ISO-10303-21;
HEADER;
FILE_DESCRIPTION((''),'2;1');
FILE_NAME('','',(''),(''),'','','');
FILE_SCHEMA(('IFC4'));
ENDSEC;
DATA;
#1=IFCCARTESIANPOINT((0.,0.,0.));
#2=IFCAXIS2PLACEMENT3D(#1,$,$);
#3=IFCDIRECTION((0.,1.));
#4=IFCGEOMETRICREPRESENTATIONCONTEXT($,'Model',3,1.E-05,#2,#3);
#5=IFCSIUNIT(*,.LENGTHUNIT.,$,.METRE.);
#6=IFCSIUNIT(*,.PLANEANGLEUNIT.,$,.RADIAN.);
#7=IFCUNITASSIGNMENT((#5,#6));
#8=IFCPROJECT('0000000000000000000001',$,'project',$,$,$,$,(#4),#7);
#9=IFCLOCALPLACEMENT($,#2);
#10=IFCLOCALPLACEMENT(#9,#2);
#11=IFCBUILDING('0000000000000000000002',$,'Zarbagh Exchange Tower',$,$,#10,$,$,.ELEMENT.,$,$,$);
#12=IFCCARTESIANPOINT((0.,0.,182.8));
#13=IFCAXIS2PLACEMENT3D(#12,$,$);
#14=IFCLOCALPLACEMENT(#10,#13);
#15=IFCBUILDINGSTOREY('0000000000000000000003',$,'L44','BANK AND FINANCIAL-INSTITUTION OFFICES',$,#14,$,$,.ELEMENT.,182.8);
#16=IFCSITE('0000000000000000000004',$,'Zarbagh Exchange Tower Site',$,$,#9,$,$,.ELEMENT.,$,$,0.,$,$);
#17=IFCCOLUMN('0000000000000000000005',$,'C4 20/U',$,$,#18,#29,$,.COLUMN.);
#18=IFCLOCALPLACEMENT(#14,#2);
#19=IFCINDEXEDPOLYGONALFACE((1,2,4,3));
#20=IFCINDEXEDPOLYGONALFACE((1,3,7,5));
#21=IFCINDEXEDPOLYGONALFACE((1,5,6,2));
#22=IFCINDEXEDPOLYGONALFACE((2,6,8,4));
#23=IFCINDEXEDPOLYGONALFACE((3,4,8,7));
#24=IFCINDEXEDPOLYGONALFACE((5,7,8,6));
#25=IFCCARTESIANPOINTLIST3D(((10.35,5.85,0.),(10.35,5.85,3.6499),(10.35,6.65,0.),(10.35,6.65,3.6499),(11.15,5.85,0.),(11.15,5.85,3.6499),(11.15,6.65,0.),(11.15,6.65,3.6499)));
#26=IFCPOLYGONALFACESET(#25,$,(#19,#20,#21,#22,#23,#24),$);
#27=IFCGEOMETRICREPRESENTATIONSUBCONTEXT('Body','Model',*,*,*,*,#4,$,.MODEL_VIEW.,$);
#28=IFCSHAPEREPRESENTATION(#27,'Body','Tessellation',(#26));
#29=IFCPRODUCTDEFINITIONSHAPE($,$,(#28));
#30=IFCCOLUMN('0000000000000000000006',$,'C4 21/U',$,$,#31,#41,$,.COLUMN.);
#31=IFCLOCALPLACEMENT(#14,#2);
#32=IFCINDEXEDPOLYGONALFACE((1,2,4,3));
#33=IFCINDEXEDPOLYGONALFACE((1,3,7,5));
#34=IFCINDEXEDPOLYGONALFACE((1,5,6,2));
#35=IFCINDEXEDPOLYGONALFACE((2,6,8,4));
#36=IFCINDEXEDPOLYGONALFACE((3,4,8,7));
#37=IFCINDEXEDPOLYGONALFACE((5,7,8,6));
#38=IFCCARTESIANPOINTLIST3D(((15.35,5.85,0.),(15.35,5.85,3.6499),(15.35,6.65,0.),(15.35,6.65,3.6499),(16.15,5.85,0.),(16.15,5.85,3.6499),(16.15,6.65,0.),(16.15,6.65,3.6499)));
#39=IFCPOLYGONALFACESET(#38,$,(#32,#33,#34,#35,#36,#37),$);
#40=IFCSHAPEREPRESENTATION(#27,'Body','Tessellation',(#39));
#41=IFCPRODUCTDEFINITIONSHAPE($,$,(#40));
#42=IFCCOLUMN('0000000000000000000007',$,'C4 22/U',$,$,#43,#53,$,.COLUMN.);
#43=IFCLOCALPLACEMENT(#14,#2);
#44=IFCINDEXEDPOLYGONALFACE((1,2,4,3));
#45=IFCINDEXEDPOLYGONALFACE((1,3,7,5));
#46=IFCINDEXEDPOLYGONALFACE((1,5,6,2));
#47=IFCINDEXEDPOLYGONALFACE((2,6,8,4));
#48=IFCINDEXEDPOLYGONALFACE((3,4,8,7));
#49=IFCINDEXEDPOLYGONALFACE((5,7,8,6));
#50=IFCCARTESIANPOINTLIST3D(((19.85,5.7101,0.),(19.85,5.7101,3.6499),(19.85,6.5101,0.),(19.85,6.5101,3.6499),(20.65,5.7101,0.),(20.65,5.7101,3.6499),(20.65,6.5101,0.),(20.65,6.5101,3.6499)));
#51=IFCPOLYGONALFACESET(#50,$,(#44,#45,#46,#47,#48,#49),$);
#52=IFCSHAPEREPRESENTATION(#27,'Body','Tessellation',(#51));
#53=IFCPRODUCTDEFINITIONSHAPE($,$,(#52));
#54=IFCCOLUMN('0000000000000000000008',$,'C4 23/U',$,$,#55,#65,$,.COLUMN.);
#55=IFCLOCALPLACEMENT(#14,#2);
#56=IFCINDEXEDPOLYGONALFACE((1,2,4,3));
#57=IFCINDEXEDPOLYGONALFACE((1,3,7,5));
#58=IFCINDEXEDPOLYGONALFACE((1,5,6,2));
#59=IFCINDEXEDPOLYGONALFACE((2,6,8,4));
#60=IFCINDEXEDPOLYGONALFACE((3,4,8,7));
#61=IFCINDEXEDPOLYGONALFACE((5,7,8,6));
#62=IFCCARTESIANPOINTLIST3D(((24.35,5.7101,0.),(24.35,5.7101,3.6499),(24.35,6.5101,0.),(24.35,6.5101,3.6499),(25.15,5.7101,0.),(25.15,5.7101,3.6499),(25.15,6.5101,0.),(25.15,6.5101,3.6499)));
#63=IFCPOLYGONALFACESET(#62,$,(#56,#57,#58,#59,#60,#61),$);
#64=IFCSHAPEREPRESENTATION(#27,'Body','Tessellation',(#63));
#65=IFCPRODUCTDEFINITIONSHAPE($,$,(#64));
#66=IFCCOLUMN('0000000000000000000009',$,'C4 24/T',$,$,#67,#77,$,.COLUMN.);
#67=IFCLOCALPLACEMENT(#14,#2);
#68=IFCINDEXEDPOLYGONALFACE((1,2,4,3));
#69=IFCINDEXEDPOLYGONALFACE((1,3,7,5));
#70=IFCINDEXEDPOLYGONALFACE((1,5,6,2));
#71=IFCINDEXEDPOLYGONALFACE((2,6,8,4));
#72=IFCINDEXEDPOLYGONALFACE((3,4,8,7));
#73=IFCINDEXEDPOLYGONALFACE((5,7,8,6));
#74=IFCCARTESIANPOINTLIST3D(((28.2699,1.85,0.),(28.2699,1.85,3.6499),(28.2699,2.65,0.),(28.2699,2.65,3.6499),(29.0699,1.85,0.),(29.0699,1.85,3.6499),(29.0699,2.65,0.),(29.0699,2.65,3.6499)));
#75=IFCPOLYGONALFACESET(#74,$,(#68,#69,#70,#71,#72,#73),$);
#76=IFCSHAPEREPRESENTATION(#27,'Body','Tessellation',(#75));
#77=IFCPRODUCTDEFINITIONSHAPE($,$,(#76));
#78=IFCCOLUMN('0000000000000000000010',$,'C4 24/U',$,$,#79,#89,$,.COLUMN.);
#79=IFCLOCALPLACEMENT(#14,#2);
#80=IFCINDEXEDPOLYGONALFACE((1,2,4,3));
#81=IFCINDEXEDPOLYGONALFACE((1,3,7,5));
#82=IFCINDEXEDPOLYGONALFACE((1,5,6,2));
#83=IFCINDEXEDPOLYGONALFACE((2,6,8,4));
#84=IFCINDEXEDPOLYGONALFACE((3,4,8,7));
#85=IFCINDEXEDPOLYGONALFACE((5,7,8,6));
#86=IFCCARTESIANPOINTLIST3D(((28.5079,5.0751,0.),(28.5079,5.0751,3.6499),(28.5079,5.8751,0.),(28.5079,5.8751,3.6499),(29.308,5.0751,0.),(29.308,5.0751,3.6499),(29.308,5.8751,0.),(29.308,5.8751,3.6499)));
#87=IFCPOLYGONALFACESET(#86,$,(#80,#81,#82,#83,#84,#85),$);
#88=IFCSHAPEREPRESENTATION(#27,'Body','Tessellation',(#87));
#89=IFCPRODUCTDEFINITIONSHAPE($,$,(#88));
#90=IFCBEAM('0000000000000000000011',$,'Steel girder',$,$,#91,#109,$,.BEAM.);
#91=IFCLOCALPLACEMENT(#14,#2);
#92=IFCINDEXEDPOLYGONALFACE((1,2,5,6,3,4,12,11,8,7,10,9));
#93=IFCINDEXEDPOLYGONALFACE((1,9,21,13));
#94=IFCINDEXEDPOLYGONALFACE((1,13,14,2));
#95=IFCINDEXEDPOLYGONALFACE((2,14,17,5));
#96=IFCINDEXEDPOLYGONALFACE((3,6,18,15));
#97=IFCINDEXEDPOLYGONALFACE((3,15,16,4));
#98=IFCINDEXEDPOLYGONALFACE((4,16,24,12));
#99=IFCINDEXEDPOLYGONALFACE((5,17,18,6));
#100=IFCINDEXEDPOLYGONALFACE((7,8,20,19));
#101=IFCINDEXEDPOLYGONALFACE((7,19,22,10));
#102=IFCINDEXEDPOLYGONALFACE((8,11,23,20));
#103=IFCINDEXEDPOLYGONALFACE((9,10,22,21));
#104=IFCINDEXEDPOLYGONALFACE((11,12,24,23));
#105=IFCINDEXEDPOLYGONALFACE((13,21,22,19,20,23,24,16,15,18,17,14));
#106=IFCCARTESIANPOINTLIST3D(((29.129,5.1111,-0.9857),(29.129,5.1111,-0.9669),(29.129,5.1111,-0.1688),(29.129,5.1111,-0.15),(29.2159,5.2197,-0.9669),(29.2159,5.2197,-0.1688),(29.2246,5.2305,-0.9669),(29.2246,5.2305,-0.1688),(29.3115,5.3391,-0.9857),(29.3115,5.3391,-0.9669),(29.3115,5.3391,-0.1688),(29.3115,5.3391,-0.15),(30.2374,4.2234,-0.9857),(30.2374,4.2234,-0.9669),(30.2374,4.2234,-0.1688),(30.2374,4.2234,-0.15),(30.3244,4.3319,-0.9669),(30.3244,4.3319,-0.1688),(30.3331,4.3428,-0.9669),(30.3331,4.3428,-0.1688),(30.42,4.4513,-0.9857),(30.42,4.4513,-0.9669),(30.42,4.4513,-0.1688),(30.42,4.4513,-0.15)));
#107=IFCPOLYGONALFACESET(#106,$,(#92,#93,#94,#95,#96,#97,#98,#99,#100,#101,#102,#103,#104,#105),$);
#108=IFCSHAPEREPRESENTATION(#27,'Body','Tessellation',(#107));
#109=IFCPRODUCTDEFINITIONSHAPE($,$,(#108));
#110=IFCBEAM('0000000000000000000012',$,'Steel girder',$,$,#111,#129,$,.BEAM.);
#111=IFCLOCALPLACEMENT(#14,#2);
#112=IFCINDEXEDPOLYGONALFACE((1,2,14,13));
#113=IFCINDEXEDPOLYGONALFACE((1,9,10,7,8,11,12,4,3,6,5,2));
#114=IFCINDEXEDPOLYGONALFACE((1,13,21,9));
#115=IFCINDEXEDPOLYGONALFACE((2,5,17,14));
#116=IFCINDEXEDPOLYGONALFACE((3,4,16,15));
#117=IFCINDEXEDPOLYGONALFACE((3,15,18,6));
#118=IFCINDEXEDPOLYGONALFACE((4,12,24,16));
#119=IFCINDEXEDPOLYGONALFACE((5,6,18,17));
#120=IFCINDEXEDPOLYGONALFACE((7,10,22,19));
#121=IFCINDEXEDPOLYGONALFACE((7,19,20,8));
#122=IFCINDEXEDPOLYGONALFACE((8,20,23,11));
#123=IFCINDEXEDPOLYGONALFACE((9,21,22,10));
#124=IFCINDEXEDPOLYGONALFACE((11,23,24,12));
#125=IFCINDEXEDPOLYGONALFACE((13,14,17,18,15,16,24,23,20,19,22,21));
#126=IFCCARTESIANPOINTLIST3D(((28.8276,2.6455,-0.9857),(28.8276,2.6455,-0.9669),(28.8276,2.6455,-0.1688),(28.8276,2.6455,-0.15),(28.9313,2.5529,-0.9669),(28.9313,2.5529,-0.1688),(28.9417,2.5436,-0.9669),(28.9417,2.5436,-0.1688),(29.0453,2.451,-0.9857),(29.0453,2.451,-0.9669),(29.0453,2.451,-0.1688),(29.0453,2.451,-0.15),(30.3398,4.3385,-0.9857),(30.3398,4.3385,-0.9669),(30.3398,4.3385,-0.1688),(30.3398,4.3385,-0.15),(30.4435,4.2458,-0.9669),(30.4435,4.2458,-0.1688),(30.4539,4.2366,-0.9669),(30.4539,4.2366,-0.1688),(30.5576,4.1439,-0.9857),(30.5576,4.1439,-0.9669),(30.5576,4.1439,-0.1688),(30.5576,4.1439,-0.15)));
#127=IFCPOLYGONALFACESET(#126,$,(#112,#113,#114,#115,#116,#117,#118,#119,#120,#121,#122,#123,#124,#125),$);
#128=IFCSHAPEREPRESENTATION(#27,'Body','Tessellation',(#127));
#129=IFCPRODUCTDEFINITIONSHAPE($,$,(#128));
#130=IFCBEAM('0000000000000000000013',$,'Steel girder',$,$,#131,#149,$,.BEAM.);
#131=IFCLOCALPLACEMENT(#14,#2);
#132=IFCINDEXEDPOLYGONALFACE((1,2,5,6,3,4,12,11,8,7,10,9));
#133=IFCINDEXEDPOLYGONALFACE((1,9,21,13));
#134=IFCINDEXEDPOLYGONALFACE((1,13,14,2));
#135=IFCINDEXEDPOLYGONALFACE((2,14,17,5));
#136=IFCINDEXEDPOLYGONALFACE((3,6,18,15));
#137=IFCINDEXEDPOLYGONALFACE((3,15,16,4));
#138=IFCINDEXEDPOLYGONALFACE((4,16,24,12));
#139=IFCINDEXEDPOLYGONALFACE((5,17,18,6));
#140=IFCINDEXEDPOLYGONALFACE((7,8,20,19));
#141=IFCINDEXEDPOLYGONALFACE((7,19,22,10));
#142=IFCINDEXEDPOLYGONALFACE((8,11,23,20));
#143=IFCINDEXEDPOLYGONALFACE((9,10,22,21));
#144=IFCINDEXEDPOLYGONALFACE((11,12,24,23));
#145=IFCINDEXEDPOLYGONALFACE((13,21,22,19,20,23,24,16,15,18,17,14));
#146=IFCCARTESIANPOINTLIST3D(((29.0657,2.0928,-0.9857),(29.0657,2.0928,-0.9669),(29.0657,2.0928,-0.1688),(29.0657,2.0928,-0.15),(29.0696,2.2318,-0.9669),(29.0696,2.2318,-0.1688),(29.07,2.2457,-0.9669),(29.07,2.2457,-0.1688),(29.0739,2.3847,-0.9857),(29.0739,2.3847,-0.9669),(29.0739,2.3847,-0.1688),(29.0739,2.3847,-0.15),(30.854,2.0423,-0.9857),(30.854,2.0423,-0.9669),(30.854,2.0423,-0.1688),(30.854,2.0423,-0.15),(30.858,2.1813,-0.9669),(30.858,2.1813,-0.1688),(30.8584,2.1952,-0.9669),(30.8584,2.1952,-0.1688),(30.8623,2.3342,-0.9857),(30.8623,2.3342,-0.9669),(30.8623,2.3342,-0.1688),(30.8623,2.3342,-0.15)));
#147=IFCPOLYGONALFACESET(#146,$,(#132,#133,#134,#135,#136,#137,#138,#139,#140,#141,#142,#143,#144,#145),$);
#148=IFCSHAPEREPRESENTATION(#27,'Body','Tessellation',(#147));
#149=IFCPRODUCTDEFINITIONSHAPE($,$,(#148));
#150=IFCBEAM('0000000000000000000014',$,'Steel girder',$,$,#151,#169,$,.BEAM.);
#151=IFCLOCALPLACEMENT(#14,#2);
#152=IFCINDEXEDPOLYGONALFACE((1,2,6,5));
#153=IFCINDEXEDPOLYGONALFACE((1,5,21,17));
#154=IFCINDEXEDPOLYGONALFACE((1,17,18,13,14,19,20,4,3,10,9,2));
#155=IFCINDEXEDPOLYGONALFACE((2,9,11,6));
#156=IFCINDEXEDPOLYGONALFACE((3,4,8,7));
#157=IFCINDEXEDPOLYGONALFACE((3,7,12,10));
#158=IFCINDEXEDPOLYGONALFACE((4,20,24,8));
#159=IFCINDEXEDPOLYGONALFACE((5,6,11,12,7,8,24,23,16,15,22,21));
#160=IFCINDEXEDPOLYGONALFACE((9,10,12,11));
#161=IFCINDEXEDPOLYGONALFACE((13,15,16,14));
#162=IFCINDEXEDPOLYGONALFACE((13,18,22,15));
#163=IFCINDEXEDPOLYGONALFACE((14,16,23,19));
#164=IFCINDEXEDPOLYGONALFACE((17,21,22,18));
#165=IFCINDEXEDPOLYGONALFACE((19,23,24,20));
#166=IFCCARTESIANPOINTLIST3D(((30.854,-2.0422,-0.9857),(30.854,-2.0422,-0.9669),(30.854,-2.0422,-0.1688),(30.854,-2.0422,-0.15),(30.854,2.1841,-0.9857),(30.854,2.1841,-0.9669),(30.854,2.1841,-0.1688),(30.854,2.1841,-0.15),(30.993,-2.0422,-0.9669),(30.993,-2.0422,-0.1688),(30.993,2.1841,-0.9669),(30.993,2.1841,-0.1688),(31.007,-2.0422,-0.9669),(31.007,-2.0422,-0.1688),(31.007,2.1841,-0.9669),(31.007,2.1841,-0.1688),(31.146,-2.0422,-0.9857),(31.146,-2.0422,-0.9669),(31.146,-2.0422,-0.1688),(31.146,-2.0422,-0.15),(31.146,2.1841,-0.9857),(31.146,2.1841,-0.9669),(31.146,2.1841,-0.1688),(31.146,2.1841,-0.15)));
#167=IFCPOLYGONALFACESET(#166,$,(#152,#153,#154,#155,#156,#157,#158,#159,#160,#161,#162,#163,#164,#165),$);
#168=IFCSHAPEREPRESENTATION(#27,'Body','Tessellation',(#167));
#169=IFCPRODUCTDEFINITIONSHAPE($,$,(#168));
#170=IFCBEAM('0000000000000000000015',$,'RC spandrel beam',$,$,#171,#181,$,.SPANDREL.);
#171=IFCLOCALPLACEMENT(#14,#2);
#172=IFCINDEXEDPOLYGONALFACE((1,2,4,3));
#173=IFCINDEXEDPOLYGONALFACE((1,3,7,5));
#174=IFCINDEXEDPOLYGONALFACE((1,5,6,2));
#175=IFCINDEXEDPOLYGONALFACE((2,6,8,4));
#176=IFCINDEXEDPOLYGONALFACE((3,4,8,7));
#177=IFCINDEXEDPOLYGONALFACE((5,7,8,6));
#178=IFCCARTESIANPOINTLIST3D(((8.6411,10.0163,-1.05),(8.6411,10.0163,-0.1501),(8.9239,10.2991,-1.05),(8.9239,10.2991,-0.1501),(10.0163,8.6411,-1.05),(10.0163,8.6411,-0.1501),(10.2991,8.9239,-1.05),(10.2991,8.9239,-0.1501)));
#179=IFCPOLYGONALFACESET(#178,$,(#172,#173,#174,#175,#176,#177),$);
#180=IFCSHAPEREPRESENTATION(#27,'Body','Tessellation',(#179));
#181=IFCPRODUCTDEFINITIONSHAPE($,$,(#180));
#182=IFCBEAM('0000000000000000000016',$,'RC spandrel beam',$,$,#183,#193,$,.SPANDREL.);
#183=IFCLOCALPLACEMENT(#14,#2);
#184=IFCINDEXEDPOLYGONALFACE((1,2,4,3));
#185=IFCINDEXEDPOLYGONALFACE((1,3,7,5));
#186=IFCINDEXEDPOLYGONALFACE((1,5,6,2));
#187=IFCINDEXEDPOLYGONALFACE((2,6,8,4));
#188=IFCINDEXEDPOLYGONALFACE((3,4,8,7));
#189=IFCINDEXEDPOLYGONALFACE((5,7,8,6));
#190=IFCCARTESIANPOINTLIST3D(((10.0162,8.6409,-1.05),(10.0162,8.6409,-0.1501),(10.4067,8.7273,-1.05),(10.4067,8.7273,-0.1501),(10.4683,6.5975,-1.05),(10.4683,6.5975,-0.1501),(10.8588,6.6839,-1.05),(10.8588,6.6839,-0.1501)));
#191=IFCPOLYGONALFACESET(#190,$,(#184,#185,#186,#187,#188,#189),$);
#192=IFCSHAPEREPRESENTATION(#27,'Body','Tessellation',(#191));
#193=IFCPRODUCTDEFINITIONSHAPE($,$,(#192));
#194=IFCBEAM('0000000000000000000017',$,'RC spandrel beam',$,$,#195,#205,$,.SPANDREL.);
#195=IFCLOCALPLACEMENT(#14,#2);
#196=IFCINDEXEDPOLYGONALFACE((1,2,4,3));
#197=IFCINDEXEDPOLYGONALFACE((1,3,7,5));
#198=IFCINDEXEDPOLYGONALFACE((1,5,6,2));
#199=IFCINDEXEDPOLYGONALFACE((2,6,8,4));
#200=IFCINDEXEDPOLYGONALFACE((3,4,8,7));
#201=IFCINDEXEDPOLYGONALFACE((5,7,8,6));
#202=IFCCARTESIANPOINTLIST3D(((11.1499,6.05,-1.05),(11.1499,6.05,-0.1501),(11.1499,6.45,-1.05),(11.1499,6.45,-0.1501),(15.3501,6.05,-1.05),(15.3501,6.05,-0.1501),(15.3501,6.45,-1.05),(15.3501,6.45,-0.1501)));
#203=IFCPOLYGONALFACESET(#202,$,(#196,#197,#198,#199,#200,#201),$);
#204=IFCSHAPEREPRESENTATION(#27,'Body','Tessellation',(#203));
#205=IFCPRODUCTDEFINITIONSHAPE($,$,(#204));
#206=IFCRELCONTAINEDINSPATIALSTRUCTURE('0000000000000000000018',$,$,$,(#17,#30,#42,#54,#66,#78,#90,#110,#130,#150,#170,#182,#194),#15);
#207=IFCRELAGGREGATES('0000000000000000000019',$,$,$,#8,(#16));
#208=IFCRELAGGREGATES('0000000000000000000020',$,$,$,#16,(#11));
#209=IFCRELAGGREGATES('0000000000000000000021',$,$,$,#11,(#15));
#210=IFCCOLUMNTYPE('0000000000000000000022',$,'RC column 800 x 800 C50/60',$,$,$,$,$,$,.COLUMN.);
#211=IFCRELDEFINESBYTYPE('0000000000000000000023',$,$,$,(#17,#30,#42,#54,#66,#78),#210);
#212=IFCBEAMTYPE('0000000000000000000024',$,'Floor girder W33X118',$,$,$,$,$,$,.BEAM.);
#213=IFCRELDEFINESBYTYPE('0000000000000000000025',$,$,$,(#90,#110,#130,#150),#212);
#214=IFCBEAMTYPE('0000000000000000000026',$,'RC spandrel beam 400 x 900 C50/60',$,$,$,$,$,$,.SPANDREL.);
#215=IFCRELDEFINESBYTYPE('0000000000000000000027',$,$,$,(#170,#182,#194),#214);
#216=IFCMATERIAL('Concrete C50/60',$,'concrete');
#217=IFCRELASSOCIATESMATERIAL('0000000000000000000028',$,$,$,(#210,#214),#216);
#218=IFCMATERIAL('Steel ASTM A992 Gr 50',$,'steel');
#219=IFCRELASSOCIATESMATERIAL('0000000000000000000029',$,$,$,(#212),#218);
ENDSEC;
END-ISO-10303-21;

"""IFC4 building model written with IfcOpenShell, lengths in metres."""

from ifc_helpers import new_model, si_unit, direction, frame, origin, origin_2d, place, context, subcontext, project, spatial, rectangle, i_section, extrude, material, material_profile, profile_set, type_object, element, save


model = new_model("IFC4")

# Units and contexts
model_context = context("Model", 3, precision=1e-05, world=origin(), true_north=direction((0.0, 1.0)))
body_context = subcontext(model_context, "Body", "Model", "MODEL_VIEW")
ifc_project = project(units=[si_unit("LENGTHUNIT", "METRE"), si_unit("PLANEANGLEUNIT", "RADIAN")], contexts=[model_context])

# Site, building, storey
site_placement = place(None, origin())
site = spatial("IfcSite", under=ifc_project, at=site_placement, Name="Zarbagh Exchange Tower Site", CompositionType="ELEMENT", RefElevation=0.0)
building_placement = place(site_placement, origin())
building = spatial("IfcBuilding", under=site, at=building_placement, Name="Zarbagh Exchange Tower", CompositionType="ELEMENT")
storey_placement = place(building_placement, frame((0.0, 0.0, 182.8)))
storey = spatial("IfcBuildingStorey", under=building, at=storey_placement, Name="L44", Description="BANK AND FINANCIAL-INSTITUTION OFFICES", CompositionType="ELEMENT", Elevation=182.8)

# Columns
ifc_material_1 = material(Name="Concrete C50/60", Category="concrete")
ifc_material_profile_1 = material_profile(ifc_material_1, rectangle(XDim=0.8, YDim=0.8, at=origin_2d()), Name="RC column 800 x 800 C50/60")
ifc_profile_set_1 = profile_set([ifc_material_profile_1], Name="Concrete C50/60")
column_type = type_object("IfcColumnType", Name="RC column 800 x 800 C50/60", PredefinedType="COLUMN", material=ifc_profile_set_1)
for number, where, z_axis, x_axis, name in (
    (1, (10.75, 6.25, 0.0), (0.0, 0.0, 1.0), (1.0, 0.0, 0.0), "C4 20/U"),
    (2, (15.75, 6.25, 0.0), (0.0, 0.0, 1.0), (1.0, 0.0, 0.0), "C4 21/U"),
    (3, (20.25, 6.1101, 0.0), (0.0, 0.0, 1.0), (1.0, 0.0, 0.0), "C4 22/U"),
    (4, (24.75, 6.1101, 0.0), (0.0, 0.0, 1.0), (1.0, 0.0, 0.0), "C4 23/U"),
    (5, (28.6699, 2.25, 0.0), (0.0, 0.0, 1.0), (1.0, 0.0, 0.0), "C4 24/T"),
    (6, (28.908, 5.4751, 0.0), (0.0, 0.0, 1.0), (1.0, 0.0, 0.0), "C4 24/U"),
):
    element("IfcColumn", number, at=place(storey_placement, frame(where, z_axis=z_axis, x_axis=x_axis)), inside=storey, type_object=column_type, Name=name, PredefinedType="COLUMN", context=body_context, shape_type="SweptSolid", body=[
        extrude(rectangle(XDim=0.8, YDim=0.8, at=origin_2d()), origin(), (0.0, 0.0, 1.0), 3.6499),
    ])

# Beams
ifc_material_2 = material(Name="Steel ASTM A992 Gr 50", Category="steel")
ifc_material_profile_2 = material_profile(ifc_material_2, i_section(OverallWidth=0.292, OverallDepth=0.8357, WebThickness=0.0139, FlangeThickness=0.0188, at=origin_2d()), Name="W33X118")
ifc_profile_set_2 = profile_set([ifc_material_profile_2], Name="Steel ASTM A992 Gr 50")
beam_type_1 = type_object("IfcBeamType", Name="Floor girder W33X118", PredefinedType="BEAM", material=ifc_profile_set_2)
beam_1_placement = place(storey_placement, frame((29.2202, 5.2251, -0.5679), z_axis=(0.780533, -0.625114, 0.0), x_axis=(0.625114, 0.780533, 0.0)))
element("IfcBeam", 7, at=beam_1_placement, inside=storey, type_object=beam_type_1, Name="Steel girder", PredefinedType="BEAM", context=body_context, shape_type="SweptSolid", body=[
    extrude(i_section(OverallWidth=0.292, OverallDepth=0.8357, WebThickness=0.0139, FlangeThickness=0.0188, at=origin_2d()), origin(), (0.0, 0.0, 1.0), 1.4202),
])
beam_2_placement = place(storey_placement, frame((30.4487, 4.2412, -0.5679), z_axis=(-0.666191, -0.745781, 0.0), x_axis=(0.745781, -0.666191, 0.0)))
element("IfcBeam", 8, at=beam_2_placement, inside=storey, type_object=beam_type_1, Name="Steel girder", PredefinedType="BEAM", context=body_context, shape_type="SweptSolid", body=[
    extrude(i_section(OverallWidth=0.292, OverallDepth=0.8357, WebThickness=0.0139, FlangeThickness=0.0188, at=origin_2d()), origin(), (0.0, 0.0, 1.0), 2.27),
])
beam_3_placement = place(storey_placement, frame((29.0698, 2.2388, -0.5679), z_axis=(0.999601, -0.028248, 0.0), x_axis=(0.028248, 0.999601, 0.0)))
element("IfcBeam", 9, at=beam_3_placement, inside=storey, type_object=beam_type_1, Name="Steel girder", PredefinedType="BEAM", context=body_context, shape_type="SweptSolid", body=[
    extrude(i_section(OverallWidth=0.292, OverallDepth=0.8357, WebThickness=0.0139, FlangeThickness=0.0188, at=origin_2d()), origin(), (0.0, 0.0, 1.0), 1.7891),
])
beam_4_placement = place(storey_placement, frame((31.0, 2.1841, -0.5679), z_axis=(0.0, -1.0, 0.0), x_axis=(1.0, 0.0, 0.0)))
element("IfcBeam", 10, at=beam_4_placement, inside=storey, type_object=beam_type_1, Name="Steel girder", PredefinedType="BEAM", context=body_context, shape_type="SweptSolid", body=[
    extrude(i_section(OverallWidth=0.292, OverallDepth=0.8357, WebThickness=0.0139, FlangeThickness=0.0188, at=origin_2d()), origin(), (0.0, 0.0, 1.0), 4.2263),
])
ifc_material_profile_3 = material_profile(ifc_material_1, rectangle(XDim=0.3999, YDim=0.8999, at=origin_2d()), Name="RC spandrel beam 400 x 900 C50/60")
ifc_profile_set_3 = profile_set([ifc_material_profile_3], Name="Concrete C50/60")
beam_type_2 = type_object("IfcBeamType", Name="RC spandrel beam 400 x 900 C50/60", PredefinedType="SPANDREL", material=ifc_profile_set_3)
beam_5_placement = place(storey_placement, frame((8.7825, 10.1577, -0.6001), z_axis=(0.707107, -0.707107, 0.0), x_axis=(0.707107, 0.707107, 0.0)))
element("IfcBeam", 11, at=beam_5_placement, inside=storey, type_object=beam_type_2, Name="RC spandrel beam", PredefinedType="SPANDREL", context=body_context, shape_type="SweptSolid", body=[
    extrude(rectangle(XDim=0.3999, YDim=0.8999, at=origin_2d()), origin(), (0.0, 0.0, 1.0), 1.9448),
])
beam_6_placement = place(storey_placement, frame((10.2114, 8.6841, -0.6001), z_axis=(0.216041, -0.976384, 0.0), x_axis=(0.976384, 0.216041, 0.0)))
element("IfcBeam", 12, at=beam_6_placement, inside=storey, type_object=beam_type_2, Name="RC spandrel beam", PredefinedType="SPANDREL", context=body_context, shape_type="SweptSolid", body=[
    extrude(rectangle(XDim=0.3999, YDim=0.8999, at=origin_2d()), origin(), (0.0, 0.0, 1.0), 2.0928),
])
beam_7_placement = place(storey_placement, frame((11.1499, 6.25, -0.6001), z_axis=(1.0, 0.0, 0.0), x_axis=(0.0, 1.0, 0.0)))
element("IfcBeam", 13, at=beam_7_placement, inside=storey, type_object=beam_type_2, Name="RC spandrel beam", PredefinedType="SPANDREL", context=body_context, shape_type="SweptSolid", body=[
    extrude(rectangle(XDim=0.3999, YDim=0.8999, at=origin_2d()), origin(), (0.0, 0.0, 1.0), 4.2002),
])

save(model, "model.ifc")
